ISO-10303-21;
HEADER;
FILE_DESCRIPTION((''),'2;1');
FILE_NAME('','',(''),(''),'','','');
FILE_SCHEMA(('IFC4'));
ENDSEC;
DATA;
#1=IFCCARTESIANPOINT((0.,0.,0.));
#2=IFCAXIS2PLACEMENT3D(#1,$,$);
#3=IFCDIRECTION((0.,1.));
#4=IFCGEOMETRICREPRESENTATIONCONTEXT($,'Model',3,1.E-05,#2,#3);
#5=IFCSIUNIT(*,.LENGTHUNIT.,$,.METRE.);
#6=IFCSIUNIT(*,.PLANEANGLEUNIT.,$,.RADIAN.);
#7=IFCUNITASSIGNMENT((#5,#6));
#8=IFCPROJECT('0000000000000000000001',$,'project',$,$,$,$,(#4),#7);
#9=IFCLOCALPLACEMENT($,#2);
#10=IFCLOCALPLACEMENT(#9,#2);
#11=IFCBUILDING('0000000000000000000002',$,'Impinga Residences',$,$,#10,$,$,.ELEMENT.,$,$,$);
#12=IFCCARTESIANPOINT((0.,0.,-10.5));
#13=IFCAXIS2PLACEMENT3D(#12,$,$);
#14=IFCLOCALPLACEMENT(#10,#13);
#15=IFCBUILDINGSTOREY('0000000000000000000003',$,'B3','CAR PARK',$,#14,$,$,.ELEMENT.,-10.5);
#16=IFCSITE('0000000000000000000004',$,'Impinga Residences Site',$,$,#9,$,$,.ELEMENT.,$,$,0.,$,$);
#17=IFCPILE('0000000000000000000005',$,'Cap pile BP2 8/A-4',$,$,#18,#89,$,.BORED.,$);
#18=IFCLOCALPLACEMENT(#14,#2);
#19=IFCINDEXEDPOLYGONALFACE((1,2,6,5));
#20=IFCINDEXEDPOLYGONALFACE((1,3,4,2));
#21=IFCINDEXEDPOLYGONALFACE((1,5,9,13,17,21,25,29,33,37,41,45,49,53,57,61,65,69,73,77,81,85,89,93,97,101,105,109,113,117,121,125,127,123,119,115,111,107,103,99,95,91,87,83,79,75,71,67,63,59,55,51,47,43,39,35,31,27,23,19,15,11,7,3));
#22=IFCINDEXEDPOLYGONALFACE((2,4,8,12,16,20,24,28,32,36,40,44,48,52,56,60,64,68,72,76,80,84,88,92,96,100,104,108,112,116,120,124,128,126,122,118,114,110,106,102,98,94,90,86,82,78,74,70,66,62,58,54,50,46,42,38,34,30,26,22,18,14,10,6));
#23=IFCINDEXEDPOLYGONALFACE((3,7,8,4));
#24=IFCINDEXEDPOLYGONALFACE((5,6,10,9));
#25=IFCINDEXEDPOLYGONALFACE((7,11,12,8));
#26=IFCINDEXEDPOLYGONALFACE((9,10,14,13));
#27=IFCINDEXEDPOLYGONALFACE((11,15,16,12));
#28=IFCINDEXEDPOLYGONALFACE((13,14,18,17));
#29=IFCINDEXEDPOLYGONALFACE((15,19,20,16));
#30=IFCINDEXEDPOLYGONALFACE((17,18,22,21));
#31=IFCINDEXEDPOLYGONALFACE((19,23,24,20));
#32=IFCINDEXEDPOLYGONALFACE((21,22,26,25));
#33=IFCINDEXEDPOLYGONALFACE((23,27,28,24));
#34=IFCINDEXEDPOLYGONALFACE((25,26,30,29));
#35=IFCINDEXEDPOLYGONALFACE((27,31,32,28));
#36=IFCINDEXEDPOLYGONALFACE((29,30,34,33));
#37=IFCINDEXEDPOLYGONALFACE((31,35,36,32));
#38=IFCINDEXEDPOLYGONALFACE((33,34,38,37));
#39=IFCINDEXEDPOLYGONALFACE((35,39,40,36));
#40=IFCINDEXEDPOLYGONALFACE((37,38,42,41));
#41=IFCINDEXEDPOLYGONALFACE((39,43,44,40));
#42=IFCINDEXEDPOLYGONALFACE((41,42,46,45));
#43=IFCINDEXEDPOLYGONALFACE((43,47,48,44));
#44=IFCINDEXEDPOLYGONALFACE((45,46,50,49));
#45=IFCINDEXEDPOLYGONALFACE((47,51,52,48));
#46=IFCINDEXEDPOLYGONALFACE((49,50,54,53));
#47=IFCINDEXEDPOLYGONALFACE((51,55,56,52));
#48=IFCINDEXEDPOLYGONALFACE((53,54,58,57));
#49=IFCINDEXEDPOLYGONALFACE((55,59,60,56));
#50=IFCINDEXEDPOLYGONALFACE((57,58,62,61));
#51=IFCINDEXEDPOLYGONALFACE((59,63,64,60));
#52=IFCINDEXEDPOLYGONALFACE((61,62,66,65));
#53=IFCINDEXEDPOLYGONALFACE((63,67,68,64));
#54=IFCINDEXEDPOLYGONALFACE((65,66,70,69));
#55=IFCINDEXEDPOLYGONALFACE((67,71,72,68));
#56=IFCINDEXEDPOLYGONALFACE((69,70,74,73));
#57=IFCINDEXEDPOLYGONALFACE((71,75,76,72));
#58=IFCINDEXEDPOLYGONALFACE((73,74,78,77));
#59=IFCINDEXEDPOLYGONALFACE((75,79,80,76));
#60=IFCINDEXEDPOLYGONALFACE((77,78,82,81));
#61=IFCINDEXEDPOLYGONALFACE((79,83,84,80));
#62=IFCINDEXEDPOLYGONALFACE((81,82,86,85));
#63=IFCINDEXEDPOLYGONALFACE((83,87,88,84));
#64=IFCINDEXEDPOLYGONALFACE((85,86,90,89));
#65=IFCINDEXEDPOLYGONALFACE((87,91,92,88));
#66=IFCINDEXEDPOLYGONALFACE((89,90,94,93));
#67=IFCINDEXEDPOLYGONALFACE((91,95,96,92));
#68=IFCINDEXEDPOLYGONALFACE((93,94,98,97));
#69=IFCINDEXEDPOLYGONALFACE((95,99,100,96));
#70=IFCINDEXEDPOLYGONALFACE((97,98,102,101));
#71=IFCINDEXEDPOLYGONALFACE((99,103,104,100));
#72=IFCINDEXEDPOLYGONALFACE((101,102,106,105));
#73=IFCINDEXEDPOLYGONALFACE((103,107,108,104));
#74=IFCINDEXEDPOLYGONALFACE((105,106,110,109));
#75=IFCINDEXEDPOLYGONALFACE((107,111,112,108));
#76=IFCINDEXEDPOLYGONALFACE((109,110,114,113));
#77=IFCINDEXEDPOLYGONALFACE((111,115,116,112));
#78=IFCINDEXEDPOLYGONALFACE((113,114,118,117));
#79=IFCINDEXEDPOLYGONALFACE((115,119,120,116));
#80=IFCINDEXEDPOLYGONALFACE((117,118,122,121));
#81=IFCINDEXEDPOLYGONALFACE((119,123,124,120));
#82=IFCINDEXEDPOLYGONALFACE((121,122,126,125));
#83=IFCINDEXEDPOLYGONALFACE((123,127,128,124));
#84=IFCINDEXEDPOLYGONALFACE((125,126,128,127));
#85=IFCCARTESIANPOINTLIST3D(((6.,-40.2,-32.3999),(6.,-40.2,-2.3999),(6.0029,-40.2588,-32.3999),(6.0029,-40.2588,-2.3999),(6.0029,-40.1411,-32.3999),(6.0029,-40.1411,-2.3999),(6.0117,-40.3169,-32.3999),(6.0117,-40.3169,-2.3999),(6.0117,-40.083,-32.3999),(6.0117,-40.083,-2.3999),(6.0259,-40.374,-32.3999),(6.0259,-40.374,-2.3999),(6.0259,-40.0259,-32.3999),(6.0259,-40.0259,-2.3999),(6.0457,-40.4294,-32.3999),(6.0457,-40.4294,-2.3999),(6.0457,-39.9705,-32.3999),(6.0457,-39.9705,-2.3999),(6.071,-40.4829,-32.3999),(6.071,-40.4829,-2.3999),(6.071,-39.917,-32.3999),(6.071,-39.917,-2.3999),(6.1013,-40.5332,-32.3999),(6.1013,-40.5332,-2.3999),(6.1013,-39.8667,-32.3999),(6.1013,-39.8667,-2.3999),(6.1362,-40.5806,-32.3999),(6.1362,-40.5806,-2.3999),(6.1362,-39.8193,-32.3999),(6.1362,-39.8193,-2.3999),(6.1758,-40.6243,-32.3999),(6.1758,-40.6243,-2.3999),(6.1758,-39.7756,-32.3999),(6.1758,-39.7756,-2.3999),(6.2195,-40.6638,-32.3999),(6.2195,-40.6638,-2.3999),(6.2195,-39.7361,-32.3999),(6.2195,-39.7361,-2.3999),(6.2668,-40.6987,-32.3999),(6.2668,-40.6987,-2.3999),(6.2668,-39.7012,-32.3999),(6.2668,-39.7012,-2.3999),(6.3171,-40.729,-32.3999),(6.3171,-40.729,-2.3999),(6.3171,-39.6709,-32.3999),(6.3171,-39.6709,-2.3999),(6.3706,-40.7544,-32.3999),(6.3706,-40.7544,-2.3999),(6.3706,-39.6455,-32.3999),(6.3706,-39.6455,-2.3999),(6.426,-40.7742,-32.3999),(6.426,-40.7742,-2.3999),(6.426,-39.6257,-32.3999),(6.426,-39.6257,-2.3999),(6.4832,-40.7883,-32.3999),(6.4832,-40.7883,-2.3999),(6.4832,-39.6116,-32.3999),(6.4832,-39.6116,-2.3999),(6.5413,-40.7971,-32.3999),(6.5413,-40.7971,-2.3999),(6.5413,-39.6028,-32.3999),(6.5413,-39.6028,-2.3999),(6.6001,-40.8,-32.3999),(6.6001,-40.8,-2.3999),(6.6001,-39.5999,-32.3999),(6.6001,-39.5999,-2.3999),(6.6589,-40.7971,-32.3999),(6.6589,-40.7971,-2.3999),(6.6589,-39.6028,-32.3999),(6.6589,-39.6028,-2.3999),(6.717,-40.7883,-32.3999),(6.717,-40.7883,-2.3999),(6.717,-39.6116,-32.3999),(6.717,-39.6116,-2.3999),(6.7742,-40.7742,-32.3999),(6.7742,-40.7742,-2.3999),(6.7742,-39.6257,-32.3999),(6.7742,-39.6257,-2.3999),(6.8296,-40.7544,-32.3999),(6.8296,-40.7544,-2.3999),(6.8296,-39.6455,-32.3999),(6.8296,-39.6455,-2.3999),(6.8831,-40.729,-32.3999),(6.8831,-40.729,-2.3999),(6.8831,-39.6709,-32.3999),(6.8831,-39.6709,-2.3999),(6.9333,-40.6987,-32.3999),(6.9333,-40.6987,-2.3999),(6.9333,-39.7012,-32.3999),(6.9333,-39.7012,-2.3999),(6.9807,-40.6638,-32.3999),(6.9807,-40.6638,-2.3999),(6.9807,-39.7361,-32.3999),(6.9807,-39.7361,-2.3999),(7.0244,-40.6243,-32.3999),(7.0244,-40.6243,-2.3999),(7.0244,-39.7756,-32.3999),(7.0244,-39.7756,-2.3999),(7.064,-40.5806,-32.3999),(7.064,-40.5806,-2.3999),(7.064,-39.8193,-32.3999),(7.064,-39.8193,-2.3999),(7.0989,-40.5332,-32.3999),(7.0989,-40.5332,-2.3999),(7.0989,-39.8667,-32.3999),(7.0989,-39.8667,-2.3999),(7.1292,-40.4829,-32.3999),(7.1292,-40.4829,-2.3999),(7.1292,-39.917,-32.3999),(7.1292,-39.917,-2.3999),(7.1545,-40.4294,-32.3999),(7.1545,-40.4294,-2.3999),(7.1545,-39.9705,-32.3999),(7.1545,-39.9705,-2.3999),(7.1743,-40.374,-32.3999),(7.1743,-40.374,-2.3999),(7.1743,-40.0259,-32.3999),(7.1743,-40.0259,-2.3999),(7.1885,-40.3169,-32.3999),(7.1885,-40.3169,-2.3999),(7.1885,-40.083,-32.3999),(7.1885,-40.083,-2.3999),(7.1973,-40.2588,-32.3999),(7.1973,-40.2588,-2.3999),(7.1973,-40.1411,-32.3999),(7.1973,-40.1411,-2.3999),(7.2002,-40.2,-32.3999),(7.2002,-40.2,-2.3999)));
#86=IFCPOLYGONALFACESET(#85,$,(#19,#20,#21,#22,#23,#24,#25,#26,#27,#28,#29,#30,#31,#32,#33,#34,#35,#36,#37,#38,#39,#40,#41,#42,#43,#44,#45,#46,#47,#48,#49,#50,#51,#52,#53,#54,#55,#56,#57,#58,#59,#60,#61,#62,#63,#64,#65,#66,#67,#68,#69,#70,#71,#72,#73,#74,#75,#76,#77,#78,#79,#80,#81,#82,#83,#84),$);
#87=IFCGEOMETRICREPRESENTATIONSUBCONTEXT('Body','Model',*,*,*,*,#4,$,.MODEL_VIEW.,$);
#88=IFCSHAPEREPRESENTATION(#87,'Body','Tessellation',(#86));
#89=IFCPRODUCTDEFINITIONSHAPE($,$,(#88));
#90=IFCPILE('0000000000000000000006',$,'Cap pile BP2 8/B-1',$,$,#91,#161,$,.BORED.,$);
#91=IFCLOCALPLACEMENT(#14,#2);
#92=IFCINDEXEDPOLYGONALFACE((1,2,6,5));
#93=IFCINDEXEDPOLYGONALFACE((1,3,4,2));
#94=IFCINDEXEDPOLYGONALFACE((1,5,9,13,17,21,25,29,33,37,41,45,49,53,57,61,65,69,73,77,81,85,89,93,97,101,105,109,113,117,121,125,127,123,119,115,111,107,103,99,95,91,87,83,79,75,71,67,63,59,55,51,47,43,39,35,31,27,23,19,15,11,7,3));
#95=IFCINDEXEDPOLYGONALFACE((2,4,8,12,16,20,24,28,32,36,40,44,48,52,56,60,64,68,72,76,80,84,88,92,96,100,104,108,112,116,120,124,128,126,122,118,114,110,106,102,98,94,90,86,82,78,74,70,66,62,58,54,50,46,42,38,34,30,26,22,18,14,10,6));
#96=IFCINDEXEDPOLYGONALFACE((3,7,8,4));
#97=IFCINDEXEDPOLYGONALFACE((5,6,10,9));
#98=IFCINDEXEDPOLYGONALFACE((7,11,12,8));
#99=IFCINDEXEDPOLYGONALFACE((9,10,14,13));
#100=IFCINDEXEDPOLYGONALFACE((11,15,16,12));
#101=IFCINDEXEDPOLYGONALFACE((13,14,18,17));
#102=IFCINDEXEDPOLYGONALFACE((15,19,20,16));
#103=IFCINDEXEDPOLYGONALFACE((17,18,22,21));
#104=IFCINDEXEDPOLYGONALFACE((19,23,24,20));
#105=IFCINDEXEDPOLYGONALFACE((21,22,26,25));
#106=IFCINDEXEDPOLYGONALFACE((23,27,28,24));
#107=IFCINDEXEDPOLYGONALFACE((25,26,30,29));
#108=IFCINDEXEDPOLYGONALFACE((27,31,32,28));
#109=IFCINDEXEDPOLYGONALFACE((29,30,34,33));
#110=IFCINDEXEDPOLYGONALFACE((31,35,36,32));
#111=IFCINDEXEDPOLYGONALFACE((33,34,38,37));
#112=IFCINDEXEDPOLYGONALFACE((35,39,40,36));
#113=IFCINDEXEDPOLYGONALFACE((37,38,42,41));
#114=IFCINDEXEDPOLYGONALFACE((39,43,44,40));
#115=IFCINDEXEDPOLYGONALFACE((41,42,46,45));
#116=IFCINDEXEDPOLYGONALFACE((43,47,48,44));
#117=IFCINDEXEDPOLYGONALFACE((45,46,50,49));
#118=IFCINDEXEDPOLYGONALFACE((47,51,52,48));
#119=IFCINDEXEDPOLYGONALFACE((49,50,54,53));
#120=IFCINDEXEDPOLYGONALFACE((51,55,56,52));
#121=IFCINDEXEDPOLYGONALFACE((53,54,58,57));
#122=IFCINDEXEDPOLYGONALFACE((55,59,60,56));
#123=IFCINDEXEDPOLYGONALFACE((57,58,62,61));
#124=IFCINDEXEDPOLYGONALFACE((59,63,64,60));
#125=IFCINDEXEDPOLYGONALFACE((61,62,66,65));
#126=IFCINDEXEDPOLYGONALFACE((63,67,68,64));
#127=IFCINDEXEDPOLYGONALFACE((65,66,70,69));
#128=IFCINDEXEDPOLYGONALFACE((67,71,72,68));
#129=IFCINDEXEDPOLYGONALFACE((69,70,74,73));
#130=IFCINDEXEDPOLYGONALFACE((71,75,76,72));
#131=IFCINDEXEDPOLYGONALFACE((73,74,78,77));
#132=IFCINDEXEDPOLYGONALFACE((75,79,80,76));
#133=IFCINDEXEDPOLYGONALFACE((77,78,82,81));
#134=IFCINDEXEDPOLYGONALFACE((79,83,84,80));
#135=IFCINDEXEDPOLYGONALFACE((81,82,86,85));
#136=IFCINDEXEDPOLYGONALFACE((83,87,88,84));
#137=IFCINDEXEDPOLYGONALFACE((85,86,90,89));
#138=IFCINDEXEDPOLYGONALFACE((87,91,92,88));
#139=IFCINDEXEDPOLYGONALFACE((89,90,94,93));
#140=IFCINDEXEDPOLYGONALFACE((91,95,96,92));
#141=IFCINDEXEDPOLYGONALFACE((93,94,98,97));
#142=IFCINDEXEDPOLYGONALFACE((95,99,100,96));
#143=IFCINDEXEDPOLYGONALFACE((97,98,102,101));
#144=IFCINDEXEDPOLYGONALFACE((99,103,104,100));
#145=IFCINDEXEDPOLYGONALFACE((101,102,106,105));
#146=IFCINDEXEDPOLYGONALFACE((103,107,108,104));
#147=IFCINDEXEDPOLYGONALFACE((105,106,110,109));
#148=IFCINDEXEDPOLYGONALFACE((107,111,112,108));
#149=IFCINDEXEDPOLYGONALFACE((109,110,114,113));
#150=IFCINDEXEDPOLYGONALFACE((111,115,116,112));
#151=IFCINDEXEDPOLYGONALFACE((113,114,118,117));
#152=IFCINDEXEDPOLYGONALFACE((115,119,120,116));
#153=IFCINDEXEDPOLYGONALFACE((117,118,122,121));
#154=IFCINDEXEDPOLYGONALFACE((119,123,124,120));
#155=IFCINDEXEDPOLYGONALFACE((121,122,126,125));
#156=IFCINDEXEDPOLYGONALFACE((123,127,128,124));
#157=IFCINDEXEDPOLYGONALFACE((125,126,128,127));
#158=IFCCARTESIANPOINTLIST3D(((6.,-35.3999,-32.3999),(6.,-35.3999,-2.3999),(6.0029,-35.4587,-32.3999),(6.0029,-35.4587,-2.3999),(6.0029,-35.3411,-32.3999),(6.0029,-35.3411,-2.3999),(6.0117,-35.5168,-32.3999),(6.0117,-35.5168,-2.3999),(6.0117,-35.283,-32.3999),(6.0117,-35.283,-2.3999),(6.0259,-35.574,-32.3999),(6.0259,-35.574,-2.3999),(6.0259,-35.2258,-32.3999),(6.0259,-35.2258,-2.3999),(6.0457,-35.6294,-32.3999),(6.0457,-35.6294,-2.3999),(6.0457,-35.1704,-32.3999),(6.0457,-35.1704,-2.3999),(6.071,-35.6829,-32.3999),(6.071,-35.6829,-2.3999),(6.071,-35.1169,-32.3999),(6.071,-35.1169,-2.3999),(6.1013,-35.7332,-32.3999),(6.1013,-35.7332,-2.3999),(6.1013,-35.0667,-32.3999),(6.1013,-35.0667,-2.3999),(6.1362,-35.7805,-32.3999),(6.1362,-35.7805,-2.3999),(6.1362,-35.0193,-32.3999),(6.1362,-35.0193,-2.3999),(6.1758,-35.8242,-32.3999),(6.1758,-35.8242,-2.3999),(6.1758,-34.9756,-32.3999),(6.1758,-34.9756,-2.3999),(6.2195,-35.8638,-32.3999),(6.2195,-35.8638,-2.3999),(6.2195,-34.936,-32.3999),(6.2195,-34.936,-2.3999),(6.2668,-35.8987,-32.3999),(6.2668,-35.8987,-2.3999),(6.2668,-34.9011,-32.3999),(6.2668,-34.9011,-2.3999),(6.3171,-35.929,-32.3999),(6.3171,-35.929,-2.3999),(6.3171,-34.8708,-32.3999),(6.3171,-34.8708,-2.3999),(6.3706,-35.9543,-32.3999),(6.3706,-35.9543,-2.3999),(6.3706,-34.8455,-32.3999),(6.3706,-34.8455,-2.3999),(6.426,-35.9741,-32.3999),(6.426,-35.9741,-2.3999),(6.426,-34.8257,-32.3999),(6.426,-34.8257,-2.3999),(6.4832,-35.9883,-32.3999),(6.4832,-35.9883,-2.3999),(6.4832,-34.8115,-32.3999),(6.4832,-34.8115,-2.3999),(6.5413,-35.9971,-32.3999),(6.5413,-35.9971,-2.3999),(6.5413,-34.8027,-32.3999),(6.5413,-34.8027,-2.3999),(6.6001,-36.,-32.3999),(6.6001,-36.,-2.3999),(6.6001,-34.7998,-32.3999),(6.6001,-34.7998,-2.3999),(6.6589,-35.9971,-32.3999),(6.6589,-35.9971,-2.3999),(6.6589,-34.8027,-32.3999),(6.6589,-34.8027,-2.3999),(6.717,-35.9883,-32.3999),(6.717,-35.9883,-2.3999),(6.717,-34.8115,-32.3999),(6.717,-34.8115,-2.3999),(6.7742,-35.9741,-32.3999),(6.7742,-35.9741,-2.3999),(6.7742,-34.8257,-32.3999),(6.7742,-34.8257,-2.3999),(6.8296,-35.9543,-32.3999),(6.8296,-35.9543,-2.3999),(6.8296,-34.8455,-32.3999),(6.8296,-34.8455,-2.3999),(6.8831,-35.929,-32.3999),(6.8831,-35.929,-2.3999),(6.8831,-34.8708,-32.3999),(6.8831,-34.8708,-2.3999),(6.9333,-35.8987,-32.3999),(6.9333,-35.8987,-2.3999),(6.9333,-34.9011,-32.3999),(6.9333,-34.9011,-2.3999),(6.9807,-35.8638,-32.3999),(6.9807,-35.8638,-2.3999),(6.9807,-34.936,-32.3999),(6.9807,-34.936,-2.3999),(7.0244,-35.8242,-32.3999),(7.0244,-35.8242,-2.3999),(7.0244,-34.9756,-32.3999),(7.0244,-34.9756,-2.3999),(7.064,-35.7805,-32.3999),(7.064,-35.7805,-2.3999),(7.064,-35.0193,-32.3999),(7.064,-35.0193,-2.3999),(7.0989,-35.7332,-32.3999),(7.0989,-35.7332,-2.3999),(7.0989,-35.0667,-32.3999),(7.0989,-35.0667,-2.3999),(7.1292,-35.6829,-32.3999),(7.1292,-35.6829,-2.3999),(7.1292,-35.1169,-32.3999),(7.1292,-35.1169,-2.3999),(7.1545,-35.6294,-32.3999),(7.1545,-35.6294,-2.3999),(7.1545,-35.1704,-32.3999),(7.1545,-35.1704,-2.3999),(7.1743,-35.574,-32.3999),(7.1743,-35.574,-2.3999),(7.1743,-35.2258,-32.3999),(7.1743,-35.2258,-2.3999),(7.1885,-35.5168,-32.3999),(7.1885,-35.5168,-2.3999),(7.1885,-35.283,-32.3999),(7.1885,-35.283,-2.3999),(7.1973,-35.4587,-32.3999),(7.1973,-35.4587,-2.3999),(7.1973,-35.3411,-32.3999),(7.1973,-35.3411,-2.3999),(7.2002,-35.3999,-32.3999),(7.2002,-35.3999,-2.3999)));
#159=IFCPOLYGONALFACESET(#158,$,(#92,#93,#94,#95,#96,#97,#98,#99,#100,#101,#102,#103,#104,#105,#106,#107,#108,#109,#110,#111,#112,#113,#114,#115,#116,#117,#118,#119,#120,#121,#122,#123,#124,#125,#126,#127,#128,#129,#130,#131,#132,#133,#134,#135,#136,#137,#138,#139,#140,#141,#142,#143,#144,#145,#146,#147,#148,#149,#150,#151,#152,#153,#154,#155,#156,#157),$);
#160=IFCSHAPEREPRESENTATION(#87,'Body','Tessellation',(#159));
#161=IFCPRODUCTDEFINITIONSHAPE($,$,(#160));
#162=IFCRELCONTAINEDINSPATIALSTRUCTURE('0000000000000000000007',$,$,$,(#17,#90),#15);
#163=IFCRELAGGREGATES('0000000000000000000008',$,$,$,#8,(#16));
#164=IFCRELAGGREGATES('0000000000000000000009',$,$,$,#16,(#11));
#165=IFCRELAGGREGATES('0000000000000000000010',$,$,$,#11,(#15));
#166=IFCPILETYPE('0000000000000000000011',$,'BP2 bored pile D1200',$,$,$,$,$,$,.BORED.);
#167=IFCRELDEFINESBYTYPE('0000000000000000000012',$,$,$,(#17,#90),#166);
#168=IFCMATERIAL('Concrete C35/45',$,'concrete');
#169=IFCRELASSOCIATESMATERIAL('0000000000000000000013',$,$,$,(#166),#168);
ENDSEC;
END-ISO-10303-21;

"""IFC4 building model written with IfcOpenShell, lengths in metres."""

from ifc_helpers import new_model, si_unit, direction, frame, origin, origin_2d, place, context, subcontext, project, spatial, polyline, circle, outline, extrude, material, material_profile, profile_set, type_object, element, save


model = new_model("IFC4")

# Units and contexts
model_context = context("Model", 3, precision=1e-05, world=origin(), true_north=direction((0.0, 1.0)))
body_context = subcontext(model_context, "Body", "Model", "MODEL_VIEW")
ifc_project = project(units=[si_unit("LENGTHUNIT", "METRE"), si_unit("PLANEANGLEUNIT", "RADIAN")], contexts=[model_context])

# Site, building, storey
site_placement = place(None, origin())
site = spatial("IfcSite", under=ifc_project, at=site_placement, Name="Impinga Residences Site", CompositionType="ELEMENT", RefElevation=0.0)
building_placement = place(site_placement, origin())
building = spatial("IfcBuilding", under=site, at=building_placement, Name="Impinga Residences", CompositionType="ELEMENT")
storey_placement = place(building_placement, frame((0.0, 0.0, -10.5)))
storey = spatial("IfcBuildingStorey", under=building, at=storey_placement, Name="B3", Description="CAR PARK", CompositionType="ELEMENT", Elevation=-10.5)

# Piles
ifc_material_1 = material(Name="Concrete C35/45", Category="concrete")
ifc_material_profile_1 = material_profile(ifc_material_1, circle(Radius=0.6001, at=origin_2d()), Name="D1200")
ifc_profile_set_1 = profile_set([ifc_material_profile_1], Name="Concrete C35/45")
pile_type = type_object("IfcPileType", Name="BP2 bored pile D1200", PredefinedType="BORED", material=ifc_profile_set_1)
pile_1_placement = place(storey_placement, frame((6.6001, -40.2, -2.3999), z_axis=(0.0, 0.0, -1.0), x_axis=(1.0, 0.0, 0.0)))
element("IfcPile", 1, at=pile_1_placement, inside=storey, type_object=pile_type, Name="Cap pile BP2 8/A-4", PredefinedType="BORED", context=body_context, shape_type="SweptSolid", body=[
    extrude(outline(polyline([(0.6001, 0.0), (0.5972, 0.0588), (0.5884, 0.1169), (0.5742, 0.1741), (0.5544, 0.2295), (0.5291, 0.283), (0.4988, 0.3333), (0.4639, 0.3806), (0.4243, 0.4243), (0.3806, 0.4639), (0.3333, 0.4988), (0.283, 0.5291), (0.2295, 0.5544), (0.1741, 0.5742), (0.1169, 0.5884), (0.0588, 0.5972), (0.0, 0.6001), (-0.0588, 0.5972), (-0.1169, 0.5884), (-0.1741, 0.5742), (-0.2295, 0.5544), (-0.283, 0.5291), (-0.3333, 0.4988), (-0.3806, 0.4639), (-0.4243, 0.4243), (-0.4639, 0.3806), (-0.4988, 0.3333), (-0.5291, 0.283), (-0.5544, 0.2295), (-0.5742, 0.1741), (-0.5884, 0.1169), (-0.5972, 0.0588), (-0.6001, 0.0), (-0.5972, -0.0588), (-0.5884, -0.1169), (-0.5742, -0.1741), (-0.5544, -0.2295), (-0.5291, -0.283), (-0.4988, -0.3333), (-0.4639, -0.3806), (-0.4243, -0.4243), (-0.3806, -0.4639), (-0.3333, -0.4988), (-0.283, -0.5291), (-0.2295, -0.5544), (-0.1741, -0.5742), (-0.1169, -0.5884), (-0.0588, -0.5972), (0.0, -0.6001), (0.0588, -0.5972), (0.1169, -0.5884), (0.1741, -0.5742), (0.2295, -0.5544), (0.283, -0.5291), (0.3333, -0.4988), (0.3806, -0.4639), (0.4243, -0.4243), (0.4639, -0.3806), (0.4988, -0.3333), (0.5291, -0.283), (0.5544, -0.2295), (0.5742, -0.1741), (0.5884, -0.1169), (0.5972, -0.0588), (0.6001, 0.0)])), origin(), (0.0, 0.0, 1.0), 30.0),
])
pile_2_placement = place(storey_placement, frame((6.6001, -35.3999, -2.3999), z_axis=(0.0, 0.0, -1.0), x_axis=(1.0, 0.0, 0.0)))
element("IfcPile", 2, at=pile_2_placement, inside=storey, type_object=pile_type, Name="Cap pile BP2 8/B-1", PredefinedType="BORED", context=body_context, shape_type="SweptSolid", body=[
    extrude(outline(polyline([(0.6001, 0.0), (0.5972, 0.0588), (0.5884, 0.1169), (0.5742, 0.1741), (0.5544, 0.2295), (0.5291, 0.283), (0.4988, 0.3333), (0.4639, 0.3806), (0.4243, 0.4243), (0.3806, 0.4639), (0.3333, 0.4988), (0.283, 0.5291), (0.2295, 0.5544), (0.1741, 0.5742), (0.1169, 0.5884), (0.0588, 0.5972), (0.0, 0.6001), (-0.0588, 0.5972), (-0.1169, 0.5884), (-0.1741, 0.5742), (-0.2295, 0.5544), (-0.283, 0.5291), (-0.3333, 0.4988), (-0.3806, 0.4639), (-0.4243, 0.4243), (-0.4639, 0.3806), (-0.4988, 0.3333), (-0.5291, 0.283), (-0.5544, 0.2295), (-0.5742, 0.1741), (-0.5884, 0.1169), (-0.5972, 0.0588), (-0.6001, 0.0), (-0.5972, -0.0588), (-0.5884, -0.1169), (-0.5742, -0.1741), (-0.5544, -0.2295), (-0.5291, -0.283), (-0.4988, -0.3333), (-0.4639, -0.3806), (-0.4243, -0.4243), (-0.3806, -0.4639), (-0.3333, -0.4988), (-0.283, -0.5291), (-0.2295, -0.5544), (-0.1741, -0.5742), (-0.1169, -0.5884), (-0.0588, -0.5972), (0.0, -0.6001), (0.0588, -0.5972), (0.1169, -0.5884), (0.1741, -0.5742), (0.2295, -0.5544), (0.283, -0.5291), (0.3333, -0.4988), (0.3806, -0.4639), (0.4243, -0.4243), (0.4639, -0.3806), (0.4988, -0.3333), (0.5291, -0.283), (0.5544, -0.2295), (0.5742, -0.1741), (0.5884, -0.1169), (0.5972, -0.0588), (0.6001, 0.0)])), origin(), (0.0, 0.0, 1.0), 30.0),
])

save(model, "model.ifc")
